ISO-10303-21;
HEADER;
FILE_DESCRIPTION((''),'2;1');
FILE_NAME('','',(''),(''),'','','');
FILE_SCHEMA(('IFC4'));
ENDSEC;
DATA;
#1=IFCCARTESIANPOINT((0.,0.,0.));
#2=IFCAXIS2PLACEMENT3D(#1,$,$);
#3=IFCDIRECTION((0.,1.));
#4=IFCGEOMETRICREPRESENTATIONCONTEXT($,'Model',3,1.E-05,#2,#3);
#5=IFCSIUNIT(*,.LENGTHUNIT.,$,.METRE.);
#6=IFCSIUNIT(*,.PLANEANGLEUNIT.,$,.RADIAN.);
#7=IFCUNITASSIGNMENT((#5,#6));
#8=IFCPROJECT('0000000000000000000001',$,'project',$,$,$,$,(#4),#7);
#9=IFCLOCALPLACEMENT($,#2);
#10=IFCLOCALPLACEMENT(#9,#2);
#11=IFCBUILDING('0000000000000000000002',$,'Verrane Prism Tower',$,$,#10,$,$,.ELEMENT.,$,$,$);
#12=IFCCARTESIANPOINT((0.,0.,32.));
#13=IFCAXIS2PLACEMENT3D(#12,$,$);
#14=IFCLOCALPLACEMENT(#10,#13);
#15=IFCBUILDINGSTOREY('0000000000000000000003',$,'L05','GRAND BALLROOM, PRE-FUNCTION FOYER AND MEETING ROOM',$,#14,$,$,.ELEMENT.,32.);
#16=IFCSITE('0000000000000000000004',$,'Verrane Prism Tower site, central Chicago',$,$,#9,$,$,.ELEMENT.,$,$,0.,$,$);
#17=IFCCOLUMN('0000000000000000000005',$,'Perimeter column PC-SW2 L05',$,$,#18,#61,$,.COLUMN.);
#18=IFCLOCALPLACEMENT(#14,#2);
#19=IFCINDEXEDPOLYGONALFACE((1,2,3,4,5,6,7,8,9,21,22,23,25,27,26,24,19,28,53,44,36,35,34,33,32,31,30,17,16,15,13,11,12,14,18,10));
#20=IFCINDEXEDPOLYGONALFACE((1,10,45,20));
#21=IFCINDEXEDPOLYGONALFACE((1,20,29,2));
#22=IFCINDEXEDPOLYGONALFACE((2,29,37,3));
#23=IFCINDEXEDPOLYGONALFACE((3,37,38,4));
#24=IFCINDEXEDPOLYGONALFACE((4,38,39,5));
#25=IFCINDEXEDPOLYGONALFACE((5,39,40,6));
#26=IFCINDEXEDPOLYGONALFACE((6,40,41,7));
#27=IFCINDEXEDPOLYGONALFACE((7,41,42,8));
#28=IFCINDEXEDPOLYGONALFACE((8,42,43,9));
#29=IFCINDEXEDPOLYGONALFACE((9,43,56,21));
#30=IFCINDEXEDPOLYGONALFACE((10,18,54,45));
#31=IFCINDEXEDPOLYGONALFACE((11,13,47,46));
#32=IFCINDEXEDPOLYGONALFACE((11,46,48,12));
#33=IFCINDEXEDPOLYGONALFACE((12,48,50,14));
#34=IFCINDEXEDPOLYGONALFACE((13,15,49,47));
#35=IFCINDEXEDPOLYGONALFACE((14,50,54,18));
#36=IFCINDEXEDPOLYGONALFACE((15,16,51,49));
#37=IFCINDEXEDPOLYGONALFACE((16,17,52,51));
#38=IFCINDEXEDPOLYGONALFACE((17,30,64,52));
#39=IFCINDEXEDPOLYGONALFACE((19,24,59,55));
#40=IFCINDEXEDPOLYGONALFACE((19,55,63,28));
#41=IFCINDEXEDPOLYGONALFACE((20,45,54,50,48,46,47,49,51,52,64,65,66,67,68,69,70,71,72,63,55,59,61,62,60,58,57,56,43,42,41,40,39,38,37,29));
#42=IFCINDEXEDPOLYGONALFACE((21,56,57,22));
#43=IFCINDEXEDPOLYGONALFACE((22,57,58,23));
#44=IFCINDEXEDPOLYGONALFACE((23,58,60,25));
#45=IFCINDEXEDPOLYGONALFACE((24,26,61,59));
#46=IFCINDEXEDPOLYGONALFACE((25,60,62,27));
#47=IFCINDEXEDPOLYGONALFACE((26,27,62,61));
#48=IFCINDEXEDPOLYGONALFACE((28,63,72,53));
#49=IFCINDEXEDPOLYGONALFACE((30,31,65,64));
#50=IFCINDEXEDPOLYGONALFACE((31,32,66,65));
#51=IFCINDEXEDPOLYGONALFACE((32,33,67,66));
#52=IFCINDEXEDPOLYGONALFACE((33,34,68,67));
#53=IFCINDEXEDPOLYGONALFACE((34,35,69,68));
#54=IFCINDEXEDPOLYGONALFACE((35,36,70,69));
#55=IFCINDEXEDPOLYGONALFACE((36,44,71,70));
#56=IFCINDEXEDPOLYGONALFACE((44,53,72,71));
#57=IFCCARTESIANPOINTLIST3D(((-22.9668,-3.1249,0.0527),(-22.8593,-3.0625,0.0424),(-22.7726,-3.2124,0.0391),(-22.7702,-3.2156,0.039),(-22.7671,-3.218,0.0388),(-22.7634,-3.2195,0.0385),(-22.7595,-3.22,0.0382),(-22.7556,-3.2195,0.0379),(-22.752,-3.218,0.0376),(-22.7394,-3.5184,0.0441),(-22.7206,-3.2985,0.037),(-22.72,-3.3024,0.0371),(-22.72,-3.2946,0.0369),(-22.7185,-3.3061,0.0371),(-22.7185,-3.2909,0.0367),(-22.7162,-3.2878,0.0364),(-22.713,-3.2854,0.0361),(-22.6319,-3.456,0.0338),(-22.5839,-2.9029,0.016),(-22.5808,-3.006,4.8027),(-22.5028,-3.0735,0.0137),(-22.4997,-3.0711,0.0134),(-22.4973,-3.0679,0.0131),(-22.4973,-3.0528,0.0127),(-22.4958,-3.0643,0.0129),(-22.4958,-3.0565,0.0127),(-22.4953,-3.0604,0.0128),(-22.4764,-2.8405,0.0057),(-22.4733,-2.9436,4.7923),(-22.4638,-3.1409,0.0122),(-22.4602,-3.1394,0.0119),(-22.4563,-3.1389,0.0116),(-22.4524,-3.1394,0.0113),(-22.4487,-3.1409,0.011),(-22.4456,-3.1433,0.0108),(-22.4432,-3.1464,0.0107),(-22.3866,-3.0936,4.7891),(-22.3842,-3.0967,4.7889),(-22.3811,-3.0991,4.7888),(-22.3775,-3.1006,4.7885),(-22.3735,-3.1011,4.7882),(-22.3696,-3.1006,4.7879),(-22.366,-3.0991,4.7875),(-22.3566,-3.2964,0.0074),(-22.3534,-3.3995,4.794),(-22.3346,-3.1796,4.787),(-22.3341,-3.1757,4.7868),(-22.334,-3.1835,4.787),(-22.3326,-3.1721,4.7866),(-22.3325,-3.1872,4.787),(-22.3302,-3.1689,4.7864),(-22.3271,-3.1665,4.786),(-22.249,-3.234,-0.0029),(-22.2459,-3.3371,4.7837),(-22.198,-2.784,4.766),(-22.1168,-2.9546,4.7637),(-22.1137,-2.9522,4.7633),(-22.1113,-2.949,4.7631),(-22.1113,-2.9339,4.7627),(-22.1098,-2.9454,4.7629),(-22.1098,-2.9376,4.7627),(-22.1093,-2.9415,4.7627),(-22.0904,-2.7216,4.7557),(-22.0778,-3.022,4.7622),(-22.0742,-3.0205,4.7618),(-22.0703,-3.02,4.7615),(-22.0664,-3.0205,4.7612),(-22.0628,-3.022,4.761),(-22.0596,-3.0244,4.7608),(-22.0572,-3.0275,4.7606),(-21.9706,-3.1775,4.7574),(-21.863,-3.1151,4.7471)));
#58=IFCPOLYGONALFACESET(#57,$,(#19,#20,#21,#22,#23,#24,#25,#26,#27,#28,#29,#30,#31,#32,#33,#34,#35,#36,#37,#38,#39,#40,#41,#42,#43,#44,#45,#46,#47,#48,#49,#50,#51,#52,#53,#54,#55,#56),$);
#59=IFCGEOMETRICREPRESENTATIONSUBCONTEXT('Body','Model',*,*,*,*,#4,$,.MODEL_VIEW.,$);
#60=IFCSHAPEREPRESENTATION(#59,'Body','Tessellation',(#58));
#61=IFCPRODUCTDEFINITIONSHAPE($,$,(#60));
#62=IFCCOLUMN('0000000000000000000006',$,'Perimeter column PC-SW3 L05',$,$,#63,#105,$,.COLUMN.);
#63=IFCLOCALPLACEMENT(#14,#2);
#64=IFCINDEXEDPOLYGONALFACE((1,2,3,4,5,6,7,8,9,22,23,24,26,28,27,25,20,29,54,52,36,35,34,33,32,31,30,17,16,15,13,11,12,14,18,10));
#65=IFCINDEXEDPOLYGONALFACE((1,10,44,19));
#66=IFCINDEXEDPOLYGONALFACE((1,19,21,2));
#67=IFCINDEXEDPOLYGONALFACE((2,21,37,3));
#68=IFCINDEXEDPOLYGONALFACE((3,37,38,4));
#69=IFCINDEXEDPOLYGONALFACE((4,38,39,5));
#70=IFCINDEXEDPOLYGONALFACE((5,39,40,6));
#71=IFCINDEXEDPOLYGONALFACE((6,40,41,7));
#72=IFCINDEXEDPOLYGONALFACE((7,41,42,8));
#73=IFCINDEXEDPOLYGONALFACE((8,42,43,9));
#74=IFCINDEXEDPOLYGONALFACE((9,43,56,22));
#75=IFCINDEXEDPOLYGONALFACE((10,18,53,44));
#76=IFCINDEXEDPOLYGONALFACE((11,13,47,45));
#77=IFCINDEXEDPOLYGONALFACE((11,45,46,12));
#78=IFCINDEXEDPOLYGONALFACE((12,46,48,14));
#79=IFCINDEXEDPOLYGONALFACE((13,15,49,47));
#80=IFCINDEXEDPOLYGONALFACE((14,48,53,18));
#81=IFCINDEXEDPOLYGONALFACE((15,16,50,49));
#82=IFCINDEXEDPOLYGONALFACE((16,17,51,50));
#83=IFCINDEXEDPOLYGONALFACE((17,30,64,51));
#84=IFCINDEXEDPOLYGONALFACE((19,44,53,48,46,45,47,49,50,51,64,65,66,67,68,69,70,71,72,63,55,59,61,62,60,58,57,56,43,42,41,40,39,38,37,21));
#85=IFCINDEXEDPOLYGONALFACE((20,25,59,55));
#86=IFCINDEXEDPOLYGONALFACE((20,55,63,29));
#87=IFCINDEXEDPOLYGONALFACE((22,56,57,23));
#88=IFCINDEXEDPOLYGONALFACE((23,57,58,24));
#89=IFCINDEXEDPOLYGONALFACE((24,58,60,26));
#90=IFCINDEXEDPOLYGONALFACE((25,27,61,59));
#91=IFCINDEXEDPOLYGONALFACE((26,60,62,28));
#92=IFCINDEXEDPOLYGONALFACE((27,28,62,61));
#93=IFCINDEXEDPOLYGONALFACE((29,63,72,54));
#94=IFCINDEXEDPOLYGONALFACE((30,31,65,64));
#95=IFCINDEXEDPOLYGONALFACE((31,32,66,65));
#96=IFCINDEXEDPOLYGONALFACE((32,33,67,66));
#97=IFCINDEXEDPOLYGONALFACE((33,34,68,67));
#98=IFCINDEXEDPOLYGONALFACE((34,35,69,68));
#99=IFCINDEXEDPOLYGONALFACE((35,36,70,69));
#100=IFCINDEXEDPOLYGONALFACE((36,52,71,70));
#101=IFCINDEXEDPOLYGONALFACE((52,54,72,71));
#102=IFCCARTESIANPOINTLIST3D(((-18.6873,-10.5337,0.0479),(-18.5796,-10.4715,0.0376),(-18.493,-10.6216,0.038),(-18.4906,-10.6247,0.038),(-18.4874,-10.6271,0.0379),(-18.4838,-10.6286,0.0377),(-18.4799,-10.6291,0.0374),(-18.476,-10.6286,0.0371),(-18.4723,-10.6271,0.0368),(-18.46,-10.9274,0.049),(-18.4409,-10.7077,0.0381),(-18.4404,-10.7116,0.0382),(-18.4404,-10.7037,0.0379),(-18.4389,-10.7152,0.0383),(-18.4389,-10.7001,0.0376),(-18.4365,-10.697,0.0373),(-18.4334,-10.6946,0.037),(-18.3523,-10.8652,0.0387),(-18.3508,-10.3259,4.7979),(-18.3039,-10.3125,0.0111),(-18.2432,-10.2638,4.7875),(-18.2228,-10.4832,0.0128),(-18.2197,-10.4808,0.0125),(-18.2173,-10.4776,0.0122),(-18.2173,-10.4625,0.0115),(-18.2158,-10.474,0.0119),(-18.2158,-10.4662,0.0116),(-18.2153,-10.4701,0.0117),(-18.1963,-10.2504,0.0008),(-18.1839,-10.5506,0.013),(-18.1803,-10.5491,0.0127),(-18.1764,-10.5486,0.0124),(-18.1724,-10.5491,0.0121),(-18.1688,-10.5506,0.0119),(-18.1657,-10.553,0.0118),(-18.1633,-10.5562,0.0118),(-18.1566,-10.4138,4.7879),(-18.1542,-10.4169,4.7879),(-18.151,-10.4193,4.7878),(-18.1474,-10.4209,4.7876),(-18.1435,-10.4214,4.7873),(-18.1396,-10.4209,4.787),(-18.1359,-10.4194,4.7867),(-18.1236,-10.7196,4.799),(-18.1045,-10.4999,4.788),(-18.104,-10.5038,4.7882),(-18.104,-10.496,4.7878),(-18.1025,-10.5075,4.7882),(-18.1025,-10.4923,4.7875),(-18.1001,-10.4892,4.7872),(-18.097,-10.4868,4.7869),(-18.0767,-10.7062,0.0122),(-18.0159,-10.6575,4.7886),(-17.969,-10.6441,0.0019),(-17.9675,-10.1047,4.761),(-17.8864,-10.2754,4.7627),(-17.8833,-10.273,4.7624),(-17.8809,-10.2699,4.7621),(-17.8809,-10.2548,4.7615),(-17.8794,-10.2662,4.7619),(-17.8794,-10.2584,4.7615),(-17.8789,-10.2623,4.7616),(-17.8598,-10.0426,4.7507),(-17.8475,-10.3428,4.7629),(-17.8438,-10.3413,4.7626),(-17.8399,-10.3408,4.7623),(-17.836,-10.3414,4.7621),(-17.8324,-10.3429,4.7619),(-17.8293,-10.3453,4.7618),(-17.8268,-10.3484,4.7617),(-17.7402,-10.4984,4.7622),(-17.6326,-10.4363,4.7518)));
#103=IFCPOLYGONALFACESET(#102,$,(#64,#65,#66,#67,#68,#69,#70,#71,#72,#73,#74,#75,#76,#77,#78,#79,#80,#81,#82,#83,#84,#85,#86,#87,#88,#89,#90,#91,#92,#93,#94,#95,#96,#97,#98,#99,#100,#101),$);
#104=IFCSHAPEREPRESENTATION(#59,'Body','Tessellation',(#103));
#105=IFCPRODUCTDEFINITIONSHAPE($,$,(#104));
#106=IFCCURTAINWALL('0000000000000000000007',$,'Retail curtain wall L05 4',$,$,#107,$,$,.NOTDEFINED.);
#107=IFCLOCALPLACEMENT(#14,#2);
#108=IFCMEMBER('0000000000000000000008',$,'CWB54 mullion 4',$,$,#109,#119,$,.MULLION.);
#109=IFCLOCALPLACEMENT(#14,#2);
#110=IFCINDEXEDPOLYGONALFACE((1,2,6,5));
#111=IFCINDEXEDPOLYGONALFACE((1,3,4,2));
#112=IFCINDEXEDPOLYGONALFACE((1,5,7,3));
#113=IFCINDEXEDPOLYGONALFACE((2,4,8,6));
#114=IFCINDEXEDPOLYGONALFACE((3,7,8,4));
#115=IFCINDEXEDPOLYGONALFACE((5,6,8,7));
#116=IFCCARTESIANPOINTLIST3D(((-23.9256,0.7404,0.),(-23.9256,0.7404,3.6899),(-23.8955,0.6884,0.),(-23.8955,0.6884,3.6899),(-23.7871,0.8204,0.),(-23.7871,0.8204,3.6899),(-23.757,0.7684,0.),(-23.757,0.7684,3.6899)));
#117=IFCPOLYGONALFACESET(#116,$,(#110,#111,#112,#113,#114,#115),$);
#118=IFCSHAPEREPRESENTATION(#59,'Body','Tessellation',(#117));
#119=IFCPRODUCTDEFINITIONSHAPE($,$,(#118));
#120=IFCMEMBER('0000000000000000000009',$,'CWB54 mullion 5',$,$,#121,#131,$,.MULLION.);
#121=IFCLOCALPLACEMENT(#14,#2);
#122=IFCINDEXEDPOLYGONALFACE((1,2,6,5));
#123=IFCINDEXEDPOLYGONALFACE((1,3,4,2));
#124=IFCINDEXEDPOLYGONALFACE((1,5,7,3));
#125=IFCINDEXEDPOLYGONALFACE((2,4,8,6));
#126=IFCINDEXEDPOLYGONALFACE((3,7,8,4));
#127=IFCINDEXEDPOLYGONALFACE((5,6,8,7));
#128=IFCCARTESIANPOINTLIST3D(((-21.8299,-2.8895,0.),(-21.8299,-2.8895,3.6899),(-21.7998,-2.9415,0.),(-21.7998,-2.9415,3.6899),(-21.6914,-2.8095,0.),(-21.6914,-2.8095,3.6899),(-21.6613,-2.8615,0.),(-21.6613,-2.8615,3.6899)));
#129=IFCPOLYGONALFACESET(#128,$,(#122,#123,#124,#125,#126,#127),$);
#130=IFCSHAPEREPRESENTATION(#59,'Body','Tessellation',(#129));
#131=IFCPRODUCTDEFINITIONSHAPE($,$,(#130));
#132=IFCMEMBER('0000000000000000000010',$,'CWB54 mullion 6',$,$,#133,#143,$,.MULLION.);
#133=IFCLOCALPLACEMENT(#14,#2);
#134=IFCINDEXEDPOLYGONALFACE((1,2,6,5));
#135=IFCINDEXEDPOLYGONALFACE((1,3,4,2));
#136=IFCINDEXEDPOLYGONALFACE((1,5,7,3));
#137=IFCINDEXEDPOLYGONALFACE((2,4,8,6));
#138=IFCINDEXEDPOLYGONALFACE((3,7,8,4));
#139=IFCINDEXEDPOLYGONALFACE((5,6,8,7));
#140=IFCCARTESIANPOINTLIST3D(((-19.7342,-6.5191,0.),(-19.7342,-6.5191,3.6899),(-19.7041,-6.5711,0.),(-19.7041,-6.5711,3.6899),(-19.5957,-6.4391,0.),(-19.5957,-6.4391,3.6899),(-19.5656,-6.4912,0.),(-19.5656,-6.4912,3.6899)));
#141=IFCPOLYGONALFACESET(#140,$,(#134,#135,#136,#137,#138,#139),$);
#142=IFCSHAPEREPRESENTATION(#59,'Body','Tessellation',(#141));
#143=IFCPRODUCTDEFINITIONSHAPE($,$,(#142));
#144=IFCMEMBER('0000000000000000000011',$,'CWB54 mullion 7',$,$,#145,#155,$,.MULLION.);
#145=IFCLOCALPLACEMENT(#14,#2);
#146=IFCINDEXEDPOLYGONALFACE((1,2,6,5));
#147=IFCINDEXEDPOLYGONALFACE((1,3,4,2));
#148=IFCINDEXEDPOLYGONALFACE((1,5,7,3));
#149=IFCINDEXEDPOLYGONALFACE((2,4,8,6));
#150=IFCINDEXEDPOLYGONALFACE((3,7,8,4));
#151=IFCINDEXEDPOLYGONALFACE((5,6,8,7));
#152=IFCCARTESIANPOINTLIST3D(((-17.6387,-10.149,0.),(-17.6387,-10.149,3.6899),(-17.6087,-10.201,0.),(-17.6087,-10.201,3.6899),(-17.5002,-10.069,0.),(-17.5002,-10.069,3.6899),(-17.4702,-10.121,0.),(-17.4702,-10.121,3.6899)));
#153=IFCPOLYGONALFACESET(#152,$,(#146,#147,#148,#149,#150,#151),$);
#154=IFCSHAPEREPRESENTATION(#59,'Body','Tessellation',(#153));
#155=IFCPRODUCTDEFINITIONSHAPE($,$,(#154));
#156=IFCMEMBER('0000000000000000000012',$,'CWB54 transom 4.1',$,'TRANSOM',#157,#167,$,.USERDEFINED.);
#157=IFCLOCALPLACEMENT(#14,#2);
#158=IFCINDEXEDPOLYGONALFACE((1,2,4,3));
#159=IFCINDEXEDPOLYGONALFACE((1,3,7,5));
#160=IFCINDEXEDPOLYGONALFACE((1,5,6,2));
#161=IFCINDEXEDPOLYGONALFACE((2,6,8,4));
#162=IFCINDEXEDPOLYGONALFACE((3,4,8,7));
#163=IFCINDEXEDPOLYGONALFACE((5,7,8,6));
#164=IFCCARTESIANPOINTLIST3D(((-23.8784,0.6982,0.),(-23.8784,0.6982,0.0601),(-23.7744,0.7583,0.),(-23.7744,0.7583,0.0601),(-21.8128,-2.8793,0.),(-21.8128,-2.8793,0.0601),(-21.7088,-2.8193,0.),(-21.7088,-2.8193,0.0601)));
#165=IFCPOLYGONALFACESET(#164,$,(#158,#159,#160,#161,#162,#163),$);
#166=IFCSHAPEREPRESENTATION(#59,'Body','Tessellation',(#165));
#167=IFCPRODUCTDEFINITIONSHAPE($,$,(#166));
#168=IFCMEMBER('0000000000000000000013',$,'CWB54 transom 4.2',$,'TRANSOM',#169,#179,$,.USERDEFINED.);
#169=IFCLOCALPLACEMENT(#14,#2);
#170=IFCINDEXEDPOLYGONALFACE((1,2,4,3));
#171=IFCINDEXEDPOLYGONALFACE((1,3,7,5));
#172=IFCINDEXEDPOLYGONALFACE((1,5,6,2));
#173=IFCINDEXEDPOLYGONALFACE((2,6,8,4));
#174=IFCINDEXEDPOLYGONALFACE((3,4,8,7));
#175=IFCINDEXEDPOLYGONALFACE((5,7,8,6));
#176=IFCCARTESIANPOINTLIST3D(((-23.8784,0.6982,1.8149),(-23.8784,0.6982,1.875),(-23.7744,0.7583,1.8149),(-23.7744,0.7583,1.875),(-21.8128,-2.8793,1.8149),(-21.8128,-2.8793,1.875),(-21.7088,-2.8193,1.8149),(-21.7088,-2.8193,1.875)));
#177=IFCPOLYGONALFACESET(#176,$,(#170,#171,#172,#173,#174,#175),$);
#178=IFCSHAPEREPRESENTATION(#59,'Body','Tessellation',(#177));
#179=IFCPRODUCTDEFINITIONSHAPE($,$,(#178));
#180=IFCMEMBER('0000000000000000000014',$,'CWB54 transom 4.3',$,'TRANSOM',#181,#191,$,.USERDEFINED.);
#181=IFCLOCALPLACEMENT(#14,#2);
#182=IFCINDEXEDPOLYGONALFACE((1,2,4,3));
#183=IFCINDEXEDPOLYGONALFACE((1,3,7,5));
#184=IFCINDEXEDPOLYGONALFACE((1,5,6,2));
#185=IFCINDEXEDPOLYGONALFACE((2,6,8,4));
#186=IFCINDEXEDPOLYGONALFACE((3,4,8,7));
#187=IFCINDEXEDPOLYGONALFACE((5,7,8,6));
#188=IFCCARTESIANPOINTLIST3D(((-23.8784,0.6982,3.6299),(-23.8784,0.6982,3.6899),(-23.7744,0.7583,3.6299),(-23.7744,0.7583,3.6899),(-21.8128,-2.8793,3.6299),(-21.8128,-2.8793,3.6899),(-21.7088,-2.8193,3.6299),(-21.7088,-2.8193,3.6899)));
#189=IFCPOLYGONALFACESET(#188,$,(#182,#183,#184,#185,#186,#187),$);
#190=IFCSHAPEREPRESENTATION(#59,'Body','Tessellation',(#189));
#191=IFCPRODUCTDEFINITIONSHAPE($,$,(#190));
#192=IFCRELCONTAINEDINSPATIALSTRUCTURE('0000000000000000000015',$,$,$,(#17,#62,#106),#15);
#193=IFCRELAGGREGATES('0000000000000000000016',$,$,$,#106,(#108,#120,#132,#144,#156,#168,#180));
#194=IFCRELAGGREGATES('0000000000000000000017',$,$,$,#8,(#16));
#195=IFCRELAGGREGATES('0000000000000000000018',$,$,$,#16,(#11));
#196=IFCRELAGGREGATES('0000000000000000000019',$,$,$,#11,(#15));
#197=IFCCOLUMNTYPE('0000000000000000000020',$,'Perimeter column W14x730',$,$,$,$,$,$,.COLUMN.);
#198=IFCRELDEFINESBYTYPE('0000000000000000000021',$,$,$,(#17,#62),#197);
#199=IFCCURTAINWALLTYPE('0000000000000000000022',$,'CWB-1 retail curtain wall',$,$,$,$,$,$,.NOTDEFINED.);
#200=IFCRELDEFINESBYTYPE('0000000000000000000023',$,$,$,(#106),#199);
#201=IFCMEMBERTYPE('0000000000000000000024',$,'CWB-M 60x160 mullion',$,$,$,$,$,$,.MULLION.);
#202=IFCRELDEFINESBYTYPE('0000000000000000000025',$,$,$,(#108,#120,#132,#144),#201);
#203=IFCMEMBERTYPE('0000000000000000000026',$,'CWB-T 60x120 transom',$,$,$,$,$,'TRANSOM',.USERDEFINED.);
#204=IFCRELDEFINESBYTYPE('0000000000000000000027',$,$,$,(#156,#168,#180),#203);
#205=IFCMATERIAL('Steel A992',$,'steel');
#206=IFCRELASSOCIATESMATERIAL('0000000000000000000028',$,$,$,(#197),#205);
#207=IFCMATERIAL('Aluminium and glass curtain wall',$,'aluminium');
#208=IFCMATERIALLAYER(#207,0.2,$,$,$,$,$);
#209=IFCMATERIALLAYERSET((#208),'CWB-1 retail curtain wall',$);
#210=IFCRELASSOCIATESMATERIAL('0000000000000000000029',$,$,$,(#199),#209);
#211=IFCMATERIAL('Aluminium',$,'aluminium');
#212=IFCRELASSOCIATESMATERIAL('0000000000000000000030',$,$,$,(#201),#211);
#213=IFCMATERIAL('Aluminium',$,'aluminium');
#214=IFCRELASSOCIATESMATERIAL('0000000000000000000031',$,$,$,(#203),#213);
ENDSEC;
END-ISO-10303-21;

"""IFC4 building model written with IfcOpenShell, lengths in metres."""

from ifc_helpers import new_model, si_unit, direction, frame, origin, origin_2d, place, context, subcontext, project, spatial, rectangle, i_section, extrude, material, layer, layer_set, material_profile, profile_set, type_object, element, aggregate, save


model = new_model("IFC4")

# Units and contexts
model_context = context("Model", 3, precision=1e-05, world=origin(), true_north=direction((0.0, 1.0)))
body_context = subcontext(model_context, "Body", "Model", "MODEL_VIEW")
ifc_project = project(units=[si_unit("LENGTHUNIT", "METRE"), si_unit("PLANEANGLEUNIT", "RADIAN")], contexts=[model_context])

# Site, building, storey
site_placement = place(None, origin())
site = spatial("IfcSite", under=ifc_project, at=site_placement, Name="Verrane Prism Tower site, central Chicago", CompositionType="ELEMENT", RefElevation=0.0)
building_placement = place(site_placement, origin())
building = spatial("IfcBuilding", under=site, at=building_placement, Name="Verrane Prism Tower", CompositionType="ELEMENT")
storey_placement = place(building_placement, frame((0.0, 0.0, 32.0)))
storey = spatial("IfcBuildingStorey", under=building, at=storey_placement, Name="L05", Description="GRAND BALLROOM, PRE-FUNCTION FOYER AND MEETING ROOM", CompositionType="ELEMENT", Elevation=32.0)

# Columns
ifc_material_1 = material(Name="Steel A992", Category="steel")
ifc_material_profile_1 = material_profile(ifc_material_1, i_section(OverallWidth=0.4546, OverallDepth=0.5688, WebThickness=0.0779, FlangeThickness=0.1248, FilletRadius=0.0151, at=origin_2d()), Name="W14x730")
ifc_profile_set_1 = profile_set([ifc_material_profile_1], Name="Steel A992")
column_type = type_object("IfcColumnType", Name="Perimeter column W14x730", PredefinedType="COLUMN", material=ifc_profile_set_1)
column_1_placement = place(storey_placement, frame((-22.6079, -3.1794, 0.0249), z_axis=(0.080968, 0.024941, 0.996405), x_axis=(-0.500179, 0.865714, 0.018975)))
element("IfcColumn", 1, at=column_1_placement, inside=storey, type_object=column_type, Name="Perimeter column PC-SW2 L05", PredefinedType="COLUMN", context=body_context, shape_type="SweptSolid", body=[
    extrude(i_section(OverallWidth=0.4546, OverallDepth=0.5688, WebThickness=0.0779, FlangeThickness=0.1248, FilletRadius=0.0151, at=origin_2d()), origin(), (0.0, 0.0, 1.0), 4.7671),
])
column_2_placement = place(storey_placement, frame((-18.3281, -10.5889, 0.0249), z_axis=(0.070582, 0.043589, 0.996553), x_axis=(-0.499945, 0.866054, -0.002472)))
element("IfcColumn", 2, at=column_2_placement, inside=storey, type_object=column_type, Name="Perimeter column PC-SW3 L05", PredefinedType="COLUMN", context=body_context, shape_type="SweptSolid", body=[
    extrude(i_section(OverallWidth=0.4546, OverallDepth=0.5688, WebThickness=0.0779, FlangeThickness=0.1248, FilletRadius=0.0151, at=origin_2d()), origin(), (0.0, 0.0, 1.0), 4.7664),
])

# Curtain wall, members
ifc_material_2 = material(Name="Aluminium and glass curtain wall", Category="aluminium")
ifc_layer_1 = layer(ifc_material_2, 0.2)
ifc_layer_set_1 = layer_set([ifc_layer_1], Name="CWB-1 retail curtain wall")
curtain_wall_type = type_object("IfcCurtainWallType", Name="CWB-1 retail curtain wall", PredefinedType="NOTDEFINED", material=ifc_layer_set_1)
curtain_wall_placement = place(storey_placement, origin())
curtain_wall = element("IfcCurtainWall", 3, at=curtain_wall_placement, inside=storey, type_object=curtain_wall_type, Name="Retail curtain wall L05 4", PredefinedType="NOTDEFINED")
ifc_material_3 = material(Name="Aluminium", Category="aluminium")
ifc_material_profile_2 = material_profile(ifc_material_3, rectangle(XDim=0.1599, YDim=0.0601, at=origin_2d()), Name="CWB-M 60x160 mullion")
ifc_profile_set_2 = profile_set([ifc_material_profile_2], Name="Aluminium")
member_type_1 = type_object("IfcMemberType", Name="CWB-M 60x160 mullion", PredefinedType="MULLION", material=ifc_profile_set_2)
member_1_placement = place(storey_placement, frame((-23.8413, 0.7544, 0.0), z_axis=(0.0, 0.0, 1.0), x_axis=(0.866025, 0.5, 0.0)))
member_1 = element("IfcMember", 4, at=member_1_placement, type_object=member_type_1, Name="CWB54 mullion 4", PredefinedType="MULLION", context=body_context, shape_type="SweptSolid", body=[
    extrude(rectangle(XDim=0.1599, YDim=0.0601, at=origin_2d()), origin(), (0.0, 0.0, 1.0), 3.6899),
])
member_2_placement = place(storey_placement, frame((-21.7456, -2.8755, 0.0), z_axis=(0.0, 0.0, 1.0), x_axis=(0.866025, 0.5, 0.0)))
member_2 = element("IfcMember", 5, at=member_2_placement, type_object=member_type_1, Name="CWB54 mullion 5", PredefinedType="MULLION", context=body_context, shape_type="SweptSolid", body=[
    extrude(rectangle(XDim=0.1599, YDim=0.0601, at=origin_2d()), origin(), (0.0, 0.0, 1.0), 3.6899),
])
member_3_placement = place(storey_placement, frame((-19.6499, -6.5051, 0.0), z_axis=(0.0, 0.0, 1.0), x_axis=(0.866025, 0.5, 0.0)))
member_3 = element("IfcMember", 6, at=member_3_placement, type_object=member_type_1, Name="CWB54 mullion 6", PredefinedType="MULLION", context=body_context, shape_type="SweptSolid", body=[
    extrude(rectangle(XDim=0.1599, YDim=0.0601, at=origin_2d()), origin(), (0.0, 0.0, 1.0), 3.6899),
])
member_4_placement = place(storey_placement, frame((-17.5544, -10.135, 0.0), z_axis=(0.0, 0.0, 1.0), x_axis=(0.866025, 0.5, 0.0)))
member_4 = element("IfcMember", 7, at=member_4_placement, type_object=member_type_1, Name="CWB54 mullion 7", PredefinedType="MULLION", context=body_context, shape_type="SweptSolid", body=[
    extrude(rectangle(XDim=0.1599, YDim=0.0601, at=origin_2d()), origin(), (0.0, 0.0, 1.0), 3.6899),
])
ifc_material_4 = material(Name="Aluminium", Category="aluminium")
ifc_material_profile_3 = material_profile(ifc_material_4, rectangle(XDim=0.1201, YDim=0.0601, at=origin_2d()), Name="CWB-T 60x120 transom")
ifc_profile_set_3 = profile_set([ifc_material_profile_3], Name="Aluminium")
member_type_2 = type_object("IfcMemberType", Name="CWB-T 60x120 transom", ElementType="TRANSOM", PredefinedType="USERDEFINED", material=ifc_profile_set_3)
member_5_placement = place(storey_placement, frame((-23.8264, 0.7283, 0.03), z_axis=(0.500023, -0.866012, 0.0), x_axis=(0.866012, 0.500023, 0.0)))
member_5 = element("IfcMember", 8, at=member_5_placement, type_object=member_type_2, Name="CWB54 transom 4.1", ObjectType="TRANSOM", PredefinedType="USERDEFINED", context=body_context, shape_type="SweptSolid", body=[
    extrude(rectangle(XDim=0.1201, YDim=0.0601, at=origin_2d()), origin(), (0.0, 0.0, 1.0), 4.1311),
])
member_6_placement = place(storey_placement, frame((-23.8264, 0.7283, 1.845), z_axis=(0.500023, -0.866012, 0.0), x_axis=(0.866012, 0.500023, 0.0)))
member_6 = element("IfcMember", 9, at=member_6_placement, type_object=member_type_2, Name="CWB54 transom 4.2", ObjectType="TRANSOM", PredefinedType="USERDEFINED", context=body_context, shape_type="SweptSolid", body=[
    extrude(rectangle(XDim=0.1201, YDim=0.0601, at=origin_2d()), origin(), (0.0, 0.0, 1.0), 4.1311),
])
member_7_placement = place(storey_placement, frame((-23.8264, 0.7283, 3.6599), z_axis=(0.500023, -0.866012, 0.0), x_axis=(0.866012, 0.500023, 0.0)))
member_7 = element("IfcMember", 10, at=member_7_placement, type_object=member_type_2, Name="CWB54 transom 4.3", ObjectType="TRANSOM", PredefinedType="USERDEFINED", context=body_context, shape_type="SweptSolid", body=[
    extrude(rectangle(XDim=0.1201, YDim=0.0601, at=origin_2d()), origin(), (0.0, 0.0, 1.0), 4.1311),
])

aggregate(curtain_wall, [member_1, member_2, member_3, member_4, member_5, member_6, member_7])

save(model, "model.ifc")
